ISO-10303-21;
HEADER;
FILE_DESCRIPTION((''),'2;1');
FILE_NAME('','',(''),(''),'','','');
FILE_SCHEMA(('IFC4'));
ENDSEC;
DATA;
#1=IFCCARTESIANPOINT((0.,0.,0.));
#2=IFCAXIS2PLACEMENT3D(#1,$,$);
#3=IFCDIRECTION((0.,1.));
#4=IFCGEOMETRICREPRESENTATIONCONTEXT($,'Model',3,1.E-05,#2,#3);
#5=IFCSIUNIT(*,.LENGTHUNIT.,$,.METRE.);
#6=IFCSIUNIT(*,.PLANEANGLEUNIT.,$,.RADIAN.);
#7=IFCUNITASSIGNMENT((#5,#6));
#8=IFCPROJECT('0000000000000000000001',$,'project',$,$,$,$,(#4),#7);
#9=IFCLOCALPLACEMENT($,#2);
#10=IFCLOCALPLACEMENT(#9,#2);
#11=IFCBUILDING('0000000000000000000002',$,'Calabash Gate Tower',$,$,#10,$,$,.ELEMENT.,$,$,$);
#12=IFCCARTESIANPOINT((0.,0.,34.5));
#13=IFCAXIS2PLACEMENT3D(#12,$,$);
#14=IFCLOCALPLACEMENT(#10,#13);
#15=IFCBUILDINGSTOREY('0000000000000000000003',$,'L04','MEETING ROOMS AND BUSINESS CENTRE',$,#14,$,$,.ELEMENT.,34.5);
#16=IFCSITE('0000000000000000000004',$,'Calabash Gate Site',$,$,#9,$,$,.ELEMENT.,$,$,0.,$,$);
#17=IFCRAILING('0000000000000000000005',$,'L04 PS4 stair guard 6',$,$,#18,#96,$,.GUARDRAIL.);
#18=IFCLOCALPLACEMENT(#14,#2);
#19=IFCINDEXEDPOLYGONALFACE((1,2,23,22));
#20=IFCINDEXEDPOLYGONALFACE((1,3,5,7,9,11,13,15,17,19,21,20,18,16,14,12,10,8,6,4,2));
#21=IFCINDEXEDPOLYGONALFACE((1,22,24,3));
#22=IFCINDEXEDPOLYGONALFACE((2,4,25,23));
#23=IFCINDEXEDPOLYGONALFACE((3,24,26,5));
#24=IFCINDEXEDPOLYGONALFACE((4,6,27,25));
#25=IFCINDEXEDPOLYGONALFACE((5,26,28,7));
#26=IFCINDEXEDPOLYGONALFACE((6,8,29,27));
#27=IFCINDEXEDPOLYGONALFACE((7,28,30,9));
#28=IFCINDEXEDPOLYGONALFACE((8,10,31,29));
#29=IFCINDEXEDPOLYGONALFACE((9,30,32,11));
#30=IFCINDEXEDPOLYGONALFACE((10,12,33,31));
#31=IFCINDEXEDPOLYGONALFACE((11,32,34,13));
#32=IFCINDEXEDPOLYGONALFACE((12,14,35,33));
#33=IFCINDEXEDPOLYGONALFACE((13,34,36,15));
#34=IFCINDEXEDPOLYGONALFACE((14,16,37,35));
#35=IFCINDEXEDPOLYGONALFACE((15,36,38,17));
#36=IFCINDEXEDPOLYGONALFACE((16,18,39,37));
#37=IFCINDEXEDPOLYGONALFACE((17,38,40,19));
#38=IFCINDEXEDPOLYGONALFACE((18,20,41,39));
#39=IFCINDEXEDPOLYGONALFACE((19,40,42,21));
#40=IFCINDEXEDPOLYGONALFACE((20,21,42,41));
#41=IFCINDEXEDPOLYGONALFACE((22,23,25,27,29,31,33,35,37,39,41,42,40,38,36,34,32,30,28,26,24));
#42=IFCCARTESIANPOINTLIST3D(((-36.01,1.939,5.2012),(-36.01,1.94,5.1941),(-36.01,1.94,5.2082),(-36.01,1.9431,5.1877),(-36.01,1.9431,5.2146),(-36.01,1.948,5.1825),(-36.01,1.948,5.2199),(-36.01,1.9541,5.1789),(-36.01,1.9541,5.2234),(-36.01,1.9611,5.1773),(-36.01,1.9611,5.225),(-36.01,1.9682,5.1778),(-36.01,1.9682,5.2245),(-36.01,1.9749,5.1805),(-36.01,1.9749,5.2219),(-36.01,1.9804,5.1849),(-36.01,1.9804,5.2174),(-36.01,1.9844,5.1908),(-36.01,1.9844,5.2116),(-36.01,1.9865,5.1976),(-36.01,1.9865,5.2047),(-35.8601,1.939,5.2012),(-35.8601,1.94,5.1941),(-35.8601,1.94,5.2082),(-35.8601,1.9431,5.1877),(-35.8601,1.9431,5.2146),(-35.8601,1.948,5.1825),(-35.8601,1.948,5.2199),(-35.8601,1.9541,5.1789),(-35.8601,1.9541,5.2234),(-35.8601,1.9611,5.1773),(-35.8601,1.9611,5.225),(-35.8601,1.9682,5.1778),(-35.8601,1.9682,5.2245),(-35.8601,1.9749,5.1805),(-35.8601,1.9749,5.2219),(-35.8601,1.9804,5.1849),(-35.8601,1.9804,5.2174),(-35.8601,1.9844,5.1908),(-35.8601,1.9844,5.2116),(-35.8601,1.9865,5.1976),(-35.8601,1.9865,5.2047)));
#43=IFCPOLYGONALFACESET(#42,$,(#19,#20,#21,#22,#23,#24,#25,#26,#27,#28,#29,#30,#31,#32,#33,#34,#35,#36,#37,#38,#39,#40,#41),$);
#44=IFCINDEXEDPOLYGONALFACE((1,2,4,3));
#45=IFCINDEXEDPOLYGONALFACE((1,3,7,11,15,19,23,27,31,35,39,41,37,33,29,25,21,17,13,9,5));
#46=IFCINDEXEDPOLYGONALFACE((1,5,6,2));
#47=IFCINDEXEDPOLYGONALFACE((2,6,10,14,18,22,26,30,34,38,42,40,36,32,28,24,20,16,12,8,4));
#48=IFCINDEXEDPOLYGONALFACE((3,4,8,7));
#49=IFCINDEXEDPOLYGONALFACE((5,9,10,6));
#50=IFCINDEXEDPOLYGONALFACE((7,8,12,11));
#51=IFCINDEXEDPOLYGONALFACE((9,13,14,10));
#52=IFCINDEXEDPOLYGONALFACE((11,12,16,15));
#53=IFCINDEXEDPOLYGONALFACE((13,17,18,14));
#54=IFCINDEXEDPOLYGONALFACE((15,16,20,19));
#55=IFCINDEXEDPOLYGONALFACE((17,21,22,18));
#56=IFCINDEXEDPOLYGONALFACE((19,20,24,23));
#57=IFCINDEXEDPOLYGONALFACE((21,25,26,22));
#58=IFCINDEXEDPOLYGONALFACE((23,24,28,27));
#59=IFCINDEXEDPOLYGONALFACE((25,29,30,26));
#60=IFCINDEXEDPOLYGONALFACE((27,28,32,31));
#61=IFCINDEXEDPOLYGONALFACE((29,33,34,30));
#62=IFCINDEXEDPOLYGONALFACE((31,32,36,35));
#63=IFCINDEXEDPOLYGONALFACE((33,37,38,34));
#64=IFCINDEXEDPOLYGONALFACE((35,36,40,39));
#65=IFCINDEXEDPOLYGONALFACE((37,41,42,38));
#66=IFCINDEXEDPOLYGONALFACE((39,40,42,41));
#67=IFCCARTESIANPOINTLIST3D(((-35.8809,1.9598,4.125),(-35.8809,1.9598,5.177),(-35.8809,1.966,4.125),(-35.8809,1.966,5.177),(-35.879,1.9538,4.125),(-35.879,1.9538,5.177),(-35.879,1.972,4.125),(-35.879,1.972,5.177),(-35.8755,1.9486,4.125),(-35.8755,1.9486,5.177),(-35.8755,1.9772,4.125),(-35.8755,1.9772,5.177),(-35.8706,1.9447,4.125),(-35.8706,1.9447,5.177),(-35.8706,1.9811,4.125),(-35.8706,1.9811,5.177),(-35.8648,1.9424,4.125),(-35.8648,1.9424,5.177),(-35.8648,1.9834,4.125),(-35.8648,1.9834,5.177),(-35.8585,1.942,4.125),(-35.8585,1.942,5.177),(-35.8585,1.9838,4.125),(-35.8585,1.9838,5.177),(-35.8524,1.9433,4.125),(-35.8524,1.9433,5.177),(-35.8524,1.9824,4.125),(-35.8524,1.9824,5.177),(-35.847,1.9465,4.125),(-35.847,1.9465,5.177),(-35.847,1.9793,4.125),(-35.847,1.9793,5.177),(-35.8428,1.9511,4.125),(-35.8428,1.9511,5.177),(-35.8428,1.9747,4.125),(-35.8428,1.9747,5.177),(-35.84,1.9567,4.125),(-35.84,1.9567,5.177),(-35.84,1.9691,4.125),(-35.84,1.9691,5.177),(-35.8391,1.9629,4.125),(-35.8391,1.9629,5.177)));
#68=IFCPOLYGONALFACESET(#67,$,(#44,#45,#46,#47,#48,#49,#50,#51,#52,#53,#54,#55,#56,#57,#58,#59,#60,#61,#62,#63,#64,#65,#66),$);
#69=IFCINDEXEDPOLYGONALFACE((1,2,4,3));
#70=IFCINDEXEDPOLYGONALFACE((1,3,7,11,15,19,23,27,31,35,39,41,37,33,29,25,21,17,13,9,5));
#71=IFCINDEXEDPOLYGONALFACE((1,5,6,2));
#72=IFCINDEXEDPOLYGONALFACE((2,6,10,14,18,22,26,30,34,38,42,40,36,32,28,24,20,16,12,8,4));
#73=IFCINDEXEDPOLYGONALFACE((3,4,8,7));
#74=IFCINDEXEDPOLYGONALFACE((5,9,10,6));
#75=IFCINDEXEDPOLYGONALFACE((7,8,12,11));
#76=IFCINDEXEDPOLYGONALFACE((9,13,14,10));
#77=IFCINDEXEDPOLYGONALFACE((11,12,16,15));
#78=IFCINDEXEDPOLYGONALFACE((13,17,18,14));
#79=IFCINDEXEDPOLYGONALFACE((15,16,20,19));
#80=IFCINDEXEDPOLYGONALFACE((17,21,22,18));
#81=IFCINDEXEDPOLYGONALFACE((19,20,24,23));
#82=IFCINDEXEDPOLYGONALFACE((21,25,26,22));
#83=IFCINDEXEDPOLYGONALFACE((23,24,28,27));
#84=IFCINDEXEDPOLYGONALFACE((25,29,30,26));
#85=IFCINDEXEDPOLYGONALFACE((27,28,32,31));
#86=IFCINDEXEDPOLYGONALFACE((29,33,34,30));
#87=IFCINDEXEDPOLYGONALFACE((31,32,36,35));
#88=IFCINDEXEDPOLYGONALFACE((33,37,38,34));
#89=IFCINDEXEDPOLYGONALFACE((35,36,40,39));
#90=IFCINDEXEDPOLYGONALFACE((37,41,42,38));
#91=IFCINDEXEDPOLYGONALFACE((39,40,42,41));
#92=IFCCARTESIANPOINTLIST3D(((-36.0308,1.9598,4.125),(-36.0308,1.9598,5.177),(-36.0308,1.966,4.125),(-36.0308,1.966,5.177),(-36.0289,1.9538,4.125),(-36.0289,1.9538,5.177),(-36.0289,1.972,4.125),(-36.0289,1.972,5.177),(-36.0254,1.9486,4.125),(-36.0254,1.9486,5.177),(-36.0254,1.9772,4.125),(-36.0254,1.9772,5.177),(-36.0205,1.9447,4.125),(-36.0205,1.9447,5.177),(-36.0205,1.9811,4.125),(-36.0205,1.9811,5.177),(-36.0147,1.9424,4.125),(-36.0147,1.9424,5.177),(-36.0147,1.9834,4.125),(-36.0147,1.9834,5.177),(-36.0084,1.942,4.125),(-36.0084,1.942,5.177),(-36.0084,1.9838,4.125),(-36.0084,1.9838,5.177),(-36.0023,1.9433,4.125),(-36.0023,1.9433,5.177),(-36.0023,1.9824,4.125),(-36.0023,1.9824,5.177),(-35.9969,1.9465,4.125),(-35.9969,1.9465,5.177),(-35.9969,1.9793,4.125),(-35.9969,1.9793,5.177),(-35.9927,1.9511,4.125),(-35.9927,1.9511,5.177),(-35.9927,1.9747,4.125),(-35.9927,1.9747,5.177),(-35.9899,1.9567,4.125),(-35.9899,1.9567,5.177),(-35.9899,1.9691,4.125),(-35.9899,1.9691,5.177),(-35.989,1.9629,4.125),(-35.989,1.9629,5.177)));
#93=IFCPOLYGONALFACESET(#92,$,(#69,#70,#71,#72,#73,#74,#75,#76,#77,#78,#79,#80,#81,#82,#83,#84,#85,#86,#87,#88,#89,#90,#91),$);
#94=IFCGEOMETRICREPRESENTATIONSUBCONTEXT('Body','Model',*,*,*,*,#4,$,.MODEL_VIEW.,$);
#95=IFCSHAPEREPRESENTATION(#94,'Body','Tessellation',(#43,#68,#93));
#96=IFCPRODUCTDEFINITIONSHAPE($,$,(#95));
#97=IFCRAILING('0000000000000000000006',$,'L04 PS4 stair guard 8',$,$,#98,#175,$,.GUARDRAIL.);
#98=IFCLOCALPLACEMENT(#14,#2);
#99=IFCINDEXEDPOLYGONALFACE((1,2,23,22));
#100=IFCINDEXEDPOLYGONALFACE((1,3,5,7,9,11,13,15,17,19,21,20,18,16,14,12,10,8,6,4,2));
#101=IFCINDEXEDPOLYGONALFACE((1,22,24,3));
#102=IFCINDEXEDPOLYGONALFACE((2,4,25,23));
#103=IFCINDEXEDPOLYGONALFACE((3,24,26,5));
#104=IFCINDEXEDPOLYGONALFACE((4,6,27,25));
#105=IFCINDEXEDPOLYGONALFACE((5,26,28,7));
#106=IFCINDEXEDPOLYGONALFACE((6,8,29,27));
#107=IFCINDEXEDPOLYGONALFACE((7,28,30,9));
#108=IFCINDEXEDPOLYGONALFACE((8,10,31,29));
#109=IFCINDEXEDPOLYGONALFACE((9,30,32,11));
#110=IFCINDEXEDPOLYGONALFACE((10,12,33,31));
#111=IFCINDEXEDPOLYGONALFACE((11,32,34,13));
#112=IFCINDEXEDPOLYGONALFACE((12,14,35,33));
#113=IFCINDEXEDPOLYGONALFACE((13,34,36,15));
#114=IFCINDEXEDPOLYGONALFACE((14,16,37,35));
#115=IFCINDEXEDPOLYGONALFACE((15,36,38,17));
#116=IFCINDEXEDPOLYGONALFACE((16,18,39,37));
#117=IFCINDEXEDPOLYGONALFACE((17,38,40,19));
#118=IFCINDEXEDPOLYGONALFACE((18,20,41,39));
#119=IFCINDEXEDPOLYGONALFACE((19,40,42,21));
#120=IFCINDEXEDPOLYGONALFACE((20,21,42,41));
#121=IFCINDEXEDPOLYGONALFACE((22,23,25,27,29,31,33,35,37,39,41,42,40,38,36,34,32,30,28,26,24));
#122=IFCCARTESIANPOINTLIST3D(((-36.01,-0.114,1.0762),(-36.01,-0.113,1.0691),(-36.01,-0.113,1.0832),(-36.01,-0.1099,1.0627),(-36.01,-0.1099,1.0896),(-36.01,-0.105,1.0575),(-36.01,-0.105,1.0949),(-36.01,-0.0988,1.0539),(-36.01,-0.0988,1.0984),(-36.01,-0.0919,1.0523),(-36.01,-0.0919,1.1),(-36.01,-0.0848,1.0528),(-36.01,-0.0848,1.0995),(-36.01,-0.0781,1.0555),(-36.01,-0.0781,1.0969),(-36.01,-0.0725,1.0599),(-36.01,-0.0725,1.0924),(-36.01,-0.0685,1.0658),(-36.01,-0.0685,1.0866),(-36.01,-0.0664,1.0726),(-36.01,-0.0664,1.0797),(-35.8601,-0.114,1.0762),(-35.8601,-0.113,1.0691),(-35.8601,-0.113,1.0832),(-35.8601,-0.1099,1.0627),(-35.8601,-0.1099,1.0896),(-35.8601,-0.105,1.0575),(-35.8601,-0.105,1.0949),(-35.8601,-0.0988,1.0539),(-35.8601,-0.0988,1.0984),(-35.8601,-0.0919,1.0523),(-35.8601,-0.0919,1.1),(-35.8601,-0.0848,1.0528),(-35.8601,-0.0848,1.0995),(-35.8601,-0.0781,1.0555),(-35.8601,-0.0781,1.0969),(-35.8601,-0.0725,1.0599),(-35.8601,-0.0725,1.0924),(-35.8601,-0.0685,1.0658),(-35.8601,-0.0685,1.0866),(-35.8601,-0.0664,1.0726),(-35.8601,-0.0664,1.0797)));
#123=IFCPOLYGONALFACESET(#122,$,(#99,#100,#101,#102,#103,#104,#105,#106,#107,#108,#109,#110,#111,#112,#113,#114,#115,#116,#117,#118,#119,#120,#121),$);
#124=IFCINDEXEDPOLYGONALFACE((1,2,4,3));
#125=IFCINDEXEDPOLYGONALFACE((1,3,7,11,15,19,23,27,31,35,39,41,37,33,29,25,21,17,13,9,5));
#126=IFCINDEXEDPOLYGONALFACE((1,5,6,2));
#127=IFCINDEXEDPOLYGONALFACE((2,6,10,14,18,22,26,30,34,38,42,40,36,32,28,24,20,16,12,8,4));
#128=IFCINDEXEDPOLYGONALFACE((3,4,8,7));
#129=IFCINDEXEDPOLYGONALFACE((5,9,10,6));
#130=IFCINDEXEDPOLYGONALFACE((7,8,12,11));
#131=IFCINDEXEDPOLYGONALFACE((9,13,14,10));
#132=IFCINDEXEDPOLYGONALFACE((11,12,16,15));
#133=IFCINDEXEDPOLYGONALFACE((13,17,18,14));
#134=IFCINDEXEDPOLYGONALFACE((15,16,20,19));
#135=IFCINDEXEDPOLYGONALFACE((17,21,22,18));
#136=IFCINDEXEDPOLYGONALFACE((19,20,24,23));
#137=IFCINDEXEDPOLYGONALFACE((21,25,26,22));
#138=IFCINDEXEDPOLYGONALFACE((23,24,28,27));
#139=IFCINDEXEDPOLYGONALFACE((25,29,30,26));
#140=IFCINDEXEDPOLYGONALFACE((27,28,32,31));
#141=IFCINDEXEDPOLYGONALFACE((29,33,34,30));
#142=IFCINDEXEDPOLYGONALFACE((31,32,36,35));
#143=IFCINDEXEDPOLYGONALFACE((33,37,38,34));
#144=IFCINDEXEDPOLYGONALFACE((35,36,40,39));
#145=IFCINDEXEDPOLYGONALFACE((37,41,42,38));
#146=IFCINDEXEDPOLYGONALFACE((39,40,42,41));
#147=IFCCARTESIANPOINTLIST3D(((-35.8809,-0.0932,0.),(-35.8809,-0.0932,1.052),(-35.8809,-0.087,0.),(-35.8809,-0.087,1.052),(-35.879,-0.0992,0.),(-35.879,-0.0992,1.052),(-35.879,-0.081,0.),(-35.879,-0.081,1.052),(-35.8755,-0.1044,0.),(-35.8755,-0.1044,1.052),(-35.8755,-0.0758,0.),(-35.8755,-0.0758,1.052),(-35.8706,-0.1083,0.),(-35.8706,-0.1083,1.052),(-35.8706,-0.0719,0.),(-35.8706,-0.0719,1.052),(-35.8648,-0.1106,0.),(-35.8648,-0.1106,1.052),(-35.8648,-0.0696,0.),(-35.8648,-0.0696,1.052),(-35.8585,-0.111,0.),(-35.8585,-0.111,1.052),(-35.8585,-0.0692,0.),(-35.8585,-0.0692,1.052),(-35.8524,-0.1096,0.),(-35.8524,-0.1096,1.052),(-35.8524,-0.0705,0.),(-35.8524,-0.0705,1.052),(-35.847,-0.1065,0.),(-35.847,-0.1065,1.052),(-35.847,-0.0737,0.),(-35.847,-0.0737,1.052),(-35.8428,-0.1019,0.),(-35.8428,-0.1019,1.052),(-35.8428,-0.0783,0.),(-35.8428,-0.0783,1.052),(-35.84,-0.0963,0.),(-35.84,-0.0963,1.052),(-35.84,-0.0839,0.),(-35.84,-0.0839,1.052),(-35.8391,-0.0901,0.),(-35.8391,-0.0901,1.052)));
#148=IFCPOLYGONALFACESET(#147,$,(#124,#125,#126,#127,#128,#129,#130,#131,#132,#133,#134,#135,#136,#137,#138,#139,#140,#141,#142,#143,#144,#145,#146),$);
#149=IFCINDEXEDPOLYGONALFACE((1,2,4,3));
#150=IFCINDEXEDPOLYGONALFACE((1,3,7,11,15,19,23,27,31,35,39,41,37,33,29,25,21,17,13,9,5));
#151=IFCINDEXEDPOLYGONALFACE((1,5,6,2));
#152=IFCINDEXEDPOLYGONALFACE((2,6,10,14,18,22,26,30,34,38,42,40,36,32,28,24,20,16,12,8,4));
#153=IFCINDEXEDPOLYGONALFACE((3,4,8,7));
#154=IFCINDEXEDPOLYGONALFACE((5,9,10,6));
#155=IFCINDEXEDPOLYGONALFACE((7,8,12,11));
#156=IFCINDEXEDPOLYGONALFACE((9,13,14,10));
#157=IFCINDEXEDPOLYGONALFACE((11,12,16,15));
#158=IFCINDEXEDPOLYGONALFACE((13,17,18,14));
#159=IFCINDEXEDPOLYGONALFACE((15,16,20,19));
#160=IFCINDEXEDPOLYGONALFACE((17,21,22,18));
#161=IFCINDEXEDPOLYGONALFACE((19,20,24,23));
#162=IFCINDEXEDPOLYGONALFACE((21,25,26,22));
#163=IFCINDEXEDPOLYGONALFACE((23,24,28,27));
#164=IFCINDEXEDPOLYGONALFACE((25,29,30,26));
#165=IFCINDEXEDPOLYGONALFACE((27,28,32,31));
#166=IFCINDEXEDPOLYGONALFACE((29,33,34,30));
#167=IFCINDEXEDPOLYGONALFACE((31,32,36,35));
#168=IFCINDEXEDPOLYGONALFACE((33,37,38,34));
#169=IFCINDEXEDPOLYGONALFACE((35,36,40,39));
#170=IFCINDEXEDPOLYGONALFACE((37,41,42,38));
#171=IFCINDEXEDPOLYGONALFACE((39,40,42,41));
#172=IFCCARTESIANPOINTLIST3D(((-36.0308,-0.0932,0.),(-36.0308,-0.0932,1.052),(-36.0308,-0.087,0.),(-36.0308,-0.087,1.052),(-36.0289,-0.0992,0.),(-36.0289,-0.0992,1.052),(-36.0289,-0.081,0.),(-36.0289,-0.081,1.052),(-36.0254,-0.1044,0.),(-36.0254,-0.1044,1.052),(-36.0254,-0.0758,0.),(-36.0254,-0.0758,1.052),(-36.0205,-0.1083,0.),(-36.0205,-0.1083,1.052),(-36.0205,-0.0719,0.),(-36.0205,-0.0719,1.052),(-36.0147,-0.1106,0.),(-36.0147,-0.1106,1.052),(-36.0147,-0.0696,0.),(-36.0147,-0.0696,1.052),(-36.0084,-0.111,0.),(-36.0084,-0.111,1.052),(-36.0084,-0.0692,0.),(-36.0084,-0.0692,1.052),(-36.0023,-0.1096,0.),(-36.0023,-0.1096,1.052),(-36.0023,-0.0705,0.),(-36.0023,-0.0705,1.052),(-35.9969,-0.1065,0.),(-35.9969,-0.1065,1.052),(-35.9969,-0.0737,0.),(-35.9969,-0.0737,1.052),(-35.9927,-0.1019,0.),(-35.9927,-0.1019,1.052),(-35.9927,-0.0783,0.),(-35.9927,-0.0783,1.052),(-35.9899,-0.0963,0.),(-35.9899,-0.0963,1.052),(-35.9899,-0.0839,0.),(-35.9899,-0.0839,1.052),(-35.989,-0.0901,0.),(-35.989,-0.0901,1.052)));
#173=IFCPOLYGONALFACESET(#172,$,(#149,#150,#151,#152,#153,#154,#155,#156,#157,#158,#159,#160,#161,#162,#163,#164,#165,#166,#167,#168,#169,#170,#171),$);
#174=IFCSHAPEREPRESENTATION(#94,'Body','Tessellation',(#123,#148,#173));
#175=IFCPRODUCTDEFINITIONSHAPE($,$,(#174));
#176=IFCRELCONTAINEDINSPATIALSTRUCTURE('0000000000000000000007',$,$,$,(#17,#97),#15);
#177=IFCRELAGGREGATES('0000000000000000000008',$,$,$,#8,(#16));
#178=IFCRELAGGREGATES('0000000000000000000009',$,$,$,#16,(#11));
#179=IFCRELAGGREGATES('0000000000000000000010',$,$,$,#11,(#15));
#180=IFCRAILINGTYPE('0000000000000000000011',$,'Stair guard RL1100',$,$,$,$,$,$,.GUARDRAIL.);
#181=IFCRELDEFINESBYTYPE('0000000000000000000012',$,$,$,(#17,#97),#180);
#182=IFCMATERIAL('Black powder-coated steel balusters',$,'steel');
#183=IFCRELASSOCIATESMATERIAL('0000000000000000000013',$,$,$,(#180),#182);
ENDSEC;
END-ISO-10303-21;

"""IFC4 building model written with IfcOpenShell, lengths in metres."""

from ifc_helpers import new_model, si_unit, direction, frame, origin, origin_2d, place, context, subcontext, project, spatial, circle, extrude, material, type_object, element, save


model = new_model("IFC4")

# Units and contexts
model_context = context("Model", 3, precision=1e-05, world=origin(), true_north=direction((0.0, 1.0)))
body_context = subcontext(model_context, "Body", "Model", "MODEL_VIEW")
ifc_project = project(units=[si_unit("LENGTHUNIT", "METRE"), si_unit("PLANEANGLEUNIT", "RADIAN")], contexts=[model_context])

# Site, building, storey
site_placement = place(None, origin())
site = spatial("IfcSite", under=ifc_project, at=site_placement, Name="Calabash Gate Site", CompositionType="ELEMENT", RefElevation=0.0)
building_placement = place(site_placement, origin())
building = spatial("IfcBuilding", under=site, at=building_placement, Name="Calabash Gate Tower", CompositionType="ELEMENT")
storey_placement = place(building_placement, frame((0.0, 0.0, 34.5)))
storey = spatial("IfcBuildingStorey", under=building, at=storey_placement, Name="L04", Description="MEETING ROOMS AND BUSINESS CENTRE", CompositionType="ELEMENT", Elevation=34.5)

# Railings
ifc_material_1 = material(Name="Black powder-coated steel balusters", Category="steel")
railing_type_1 = type_object("IfcRailingType", Name="Stair guard RL1100", PredefinedType="GUARDRAIL", material=ifc_material_1)
for number, where, name in (
    (1, (-35.8601, 1.9629, 4.125), "L04 PS4 stair guard 6"),
    (2, (-35.8601, -0.0901, 0.0), "L04 PS4 stair guard 8"),
):
    element("IfcRailing", number, at=place(storey_placement, frame(where)), inside=storey, type_object=railing_type_1, Name=name, PredefinedType="GUARDRAIL", context=body_context, shape_type="SweptSolid", body=[
        extrude(circle(Radius=0.0239, at=origin_2d()), frame((0.0, 0.0, 1.0762), z_axis=(-1.0, 0.0, 0.0), x_axis=(0.0, -1.0, 0.0)), (0.0, 0.0, 1.0), 0.1499),
        extrude(circle(Radius=0.021, at=origin_2d()), origin(), (0.0, 0.0, 1.0), 1.052),
        extrude(circle(Radius=0.021, at=origin_2d()), frame((-0.1499, 0.0, 0.0)), (0.0, 0.0, 1.0), 1.052),
    ])

save(model, "model.ifc")
